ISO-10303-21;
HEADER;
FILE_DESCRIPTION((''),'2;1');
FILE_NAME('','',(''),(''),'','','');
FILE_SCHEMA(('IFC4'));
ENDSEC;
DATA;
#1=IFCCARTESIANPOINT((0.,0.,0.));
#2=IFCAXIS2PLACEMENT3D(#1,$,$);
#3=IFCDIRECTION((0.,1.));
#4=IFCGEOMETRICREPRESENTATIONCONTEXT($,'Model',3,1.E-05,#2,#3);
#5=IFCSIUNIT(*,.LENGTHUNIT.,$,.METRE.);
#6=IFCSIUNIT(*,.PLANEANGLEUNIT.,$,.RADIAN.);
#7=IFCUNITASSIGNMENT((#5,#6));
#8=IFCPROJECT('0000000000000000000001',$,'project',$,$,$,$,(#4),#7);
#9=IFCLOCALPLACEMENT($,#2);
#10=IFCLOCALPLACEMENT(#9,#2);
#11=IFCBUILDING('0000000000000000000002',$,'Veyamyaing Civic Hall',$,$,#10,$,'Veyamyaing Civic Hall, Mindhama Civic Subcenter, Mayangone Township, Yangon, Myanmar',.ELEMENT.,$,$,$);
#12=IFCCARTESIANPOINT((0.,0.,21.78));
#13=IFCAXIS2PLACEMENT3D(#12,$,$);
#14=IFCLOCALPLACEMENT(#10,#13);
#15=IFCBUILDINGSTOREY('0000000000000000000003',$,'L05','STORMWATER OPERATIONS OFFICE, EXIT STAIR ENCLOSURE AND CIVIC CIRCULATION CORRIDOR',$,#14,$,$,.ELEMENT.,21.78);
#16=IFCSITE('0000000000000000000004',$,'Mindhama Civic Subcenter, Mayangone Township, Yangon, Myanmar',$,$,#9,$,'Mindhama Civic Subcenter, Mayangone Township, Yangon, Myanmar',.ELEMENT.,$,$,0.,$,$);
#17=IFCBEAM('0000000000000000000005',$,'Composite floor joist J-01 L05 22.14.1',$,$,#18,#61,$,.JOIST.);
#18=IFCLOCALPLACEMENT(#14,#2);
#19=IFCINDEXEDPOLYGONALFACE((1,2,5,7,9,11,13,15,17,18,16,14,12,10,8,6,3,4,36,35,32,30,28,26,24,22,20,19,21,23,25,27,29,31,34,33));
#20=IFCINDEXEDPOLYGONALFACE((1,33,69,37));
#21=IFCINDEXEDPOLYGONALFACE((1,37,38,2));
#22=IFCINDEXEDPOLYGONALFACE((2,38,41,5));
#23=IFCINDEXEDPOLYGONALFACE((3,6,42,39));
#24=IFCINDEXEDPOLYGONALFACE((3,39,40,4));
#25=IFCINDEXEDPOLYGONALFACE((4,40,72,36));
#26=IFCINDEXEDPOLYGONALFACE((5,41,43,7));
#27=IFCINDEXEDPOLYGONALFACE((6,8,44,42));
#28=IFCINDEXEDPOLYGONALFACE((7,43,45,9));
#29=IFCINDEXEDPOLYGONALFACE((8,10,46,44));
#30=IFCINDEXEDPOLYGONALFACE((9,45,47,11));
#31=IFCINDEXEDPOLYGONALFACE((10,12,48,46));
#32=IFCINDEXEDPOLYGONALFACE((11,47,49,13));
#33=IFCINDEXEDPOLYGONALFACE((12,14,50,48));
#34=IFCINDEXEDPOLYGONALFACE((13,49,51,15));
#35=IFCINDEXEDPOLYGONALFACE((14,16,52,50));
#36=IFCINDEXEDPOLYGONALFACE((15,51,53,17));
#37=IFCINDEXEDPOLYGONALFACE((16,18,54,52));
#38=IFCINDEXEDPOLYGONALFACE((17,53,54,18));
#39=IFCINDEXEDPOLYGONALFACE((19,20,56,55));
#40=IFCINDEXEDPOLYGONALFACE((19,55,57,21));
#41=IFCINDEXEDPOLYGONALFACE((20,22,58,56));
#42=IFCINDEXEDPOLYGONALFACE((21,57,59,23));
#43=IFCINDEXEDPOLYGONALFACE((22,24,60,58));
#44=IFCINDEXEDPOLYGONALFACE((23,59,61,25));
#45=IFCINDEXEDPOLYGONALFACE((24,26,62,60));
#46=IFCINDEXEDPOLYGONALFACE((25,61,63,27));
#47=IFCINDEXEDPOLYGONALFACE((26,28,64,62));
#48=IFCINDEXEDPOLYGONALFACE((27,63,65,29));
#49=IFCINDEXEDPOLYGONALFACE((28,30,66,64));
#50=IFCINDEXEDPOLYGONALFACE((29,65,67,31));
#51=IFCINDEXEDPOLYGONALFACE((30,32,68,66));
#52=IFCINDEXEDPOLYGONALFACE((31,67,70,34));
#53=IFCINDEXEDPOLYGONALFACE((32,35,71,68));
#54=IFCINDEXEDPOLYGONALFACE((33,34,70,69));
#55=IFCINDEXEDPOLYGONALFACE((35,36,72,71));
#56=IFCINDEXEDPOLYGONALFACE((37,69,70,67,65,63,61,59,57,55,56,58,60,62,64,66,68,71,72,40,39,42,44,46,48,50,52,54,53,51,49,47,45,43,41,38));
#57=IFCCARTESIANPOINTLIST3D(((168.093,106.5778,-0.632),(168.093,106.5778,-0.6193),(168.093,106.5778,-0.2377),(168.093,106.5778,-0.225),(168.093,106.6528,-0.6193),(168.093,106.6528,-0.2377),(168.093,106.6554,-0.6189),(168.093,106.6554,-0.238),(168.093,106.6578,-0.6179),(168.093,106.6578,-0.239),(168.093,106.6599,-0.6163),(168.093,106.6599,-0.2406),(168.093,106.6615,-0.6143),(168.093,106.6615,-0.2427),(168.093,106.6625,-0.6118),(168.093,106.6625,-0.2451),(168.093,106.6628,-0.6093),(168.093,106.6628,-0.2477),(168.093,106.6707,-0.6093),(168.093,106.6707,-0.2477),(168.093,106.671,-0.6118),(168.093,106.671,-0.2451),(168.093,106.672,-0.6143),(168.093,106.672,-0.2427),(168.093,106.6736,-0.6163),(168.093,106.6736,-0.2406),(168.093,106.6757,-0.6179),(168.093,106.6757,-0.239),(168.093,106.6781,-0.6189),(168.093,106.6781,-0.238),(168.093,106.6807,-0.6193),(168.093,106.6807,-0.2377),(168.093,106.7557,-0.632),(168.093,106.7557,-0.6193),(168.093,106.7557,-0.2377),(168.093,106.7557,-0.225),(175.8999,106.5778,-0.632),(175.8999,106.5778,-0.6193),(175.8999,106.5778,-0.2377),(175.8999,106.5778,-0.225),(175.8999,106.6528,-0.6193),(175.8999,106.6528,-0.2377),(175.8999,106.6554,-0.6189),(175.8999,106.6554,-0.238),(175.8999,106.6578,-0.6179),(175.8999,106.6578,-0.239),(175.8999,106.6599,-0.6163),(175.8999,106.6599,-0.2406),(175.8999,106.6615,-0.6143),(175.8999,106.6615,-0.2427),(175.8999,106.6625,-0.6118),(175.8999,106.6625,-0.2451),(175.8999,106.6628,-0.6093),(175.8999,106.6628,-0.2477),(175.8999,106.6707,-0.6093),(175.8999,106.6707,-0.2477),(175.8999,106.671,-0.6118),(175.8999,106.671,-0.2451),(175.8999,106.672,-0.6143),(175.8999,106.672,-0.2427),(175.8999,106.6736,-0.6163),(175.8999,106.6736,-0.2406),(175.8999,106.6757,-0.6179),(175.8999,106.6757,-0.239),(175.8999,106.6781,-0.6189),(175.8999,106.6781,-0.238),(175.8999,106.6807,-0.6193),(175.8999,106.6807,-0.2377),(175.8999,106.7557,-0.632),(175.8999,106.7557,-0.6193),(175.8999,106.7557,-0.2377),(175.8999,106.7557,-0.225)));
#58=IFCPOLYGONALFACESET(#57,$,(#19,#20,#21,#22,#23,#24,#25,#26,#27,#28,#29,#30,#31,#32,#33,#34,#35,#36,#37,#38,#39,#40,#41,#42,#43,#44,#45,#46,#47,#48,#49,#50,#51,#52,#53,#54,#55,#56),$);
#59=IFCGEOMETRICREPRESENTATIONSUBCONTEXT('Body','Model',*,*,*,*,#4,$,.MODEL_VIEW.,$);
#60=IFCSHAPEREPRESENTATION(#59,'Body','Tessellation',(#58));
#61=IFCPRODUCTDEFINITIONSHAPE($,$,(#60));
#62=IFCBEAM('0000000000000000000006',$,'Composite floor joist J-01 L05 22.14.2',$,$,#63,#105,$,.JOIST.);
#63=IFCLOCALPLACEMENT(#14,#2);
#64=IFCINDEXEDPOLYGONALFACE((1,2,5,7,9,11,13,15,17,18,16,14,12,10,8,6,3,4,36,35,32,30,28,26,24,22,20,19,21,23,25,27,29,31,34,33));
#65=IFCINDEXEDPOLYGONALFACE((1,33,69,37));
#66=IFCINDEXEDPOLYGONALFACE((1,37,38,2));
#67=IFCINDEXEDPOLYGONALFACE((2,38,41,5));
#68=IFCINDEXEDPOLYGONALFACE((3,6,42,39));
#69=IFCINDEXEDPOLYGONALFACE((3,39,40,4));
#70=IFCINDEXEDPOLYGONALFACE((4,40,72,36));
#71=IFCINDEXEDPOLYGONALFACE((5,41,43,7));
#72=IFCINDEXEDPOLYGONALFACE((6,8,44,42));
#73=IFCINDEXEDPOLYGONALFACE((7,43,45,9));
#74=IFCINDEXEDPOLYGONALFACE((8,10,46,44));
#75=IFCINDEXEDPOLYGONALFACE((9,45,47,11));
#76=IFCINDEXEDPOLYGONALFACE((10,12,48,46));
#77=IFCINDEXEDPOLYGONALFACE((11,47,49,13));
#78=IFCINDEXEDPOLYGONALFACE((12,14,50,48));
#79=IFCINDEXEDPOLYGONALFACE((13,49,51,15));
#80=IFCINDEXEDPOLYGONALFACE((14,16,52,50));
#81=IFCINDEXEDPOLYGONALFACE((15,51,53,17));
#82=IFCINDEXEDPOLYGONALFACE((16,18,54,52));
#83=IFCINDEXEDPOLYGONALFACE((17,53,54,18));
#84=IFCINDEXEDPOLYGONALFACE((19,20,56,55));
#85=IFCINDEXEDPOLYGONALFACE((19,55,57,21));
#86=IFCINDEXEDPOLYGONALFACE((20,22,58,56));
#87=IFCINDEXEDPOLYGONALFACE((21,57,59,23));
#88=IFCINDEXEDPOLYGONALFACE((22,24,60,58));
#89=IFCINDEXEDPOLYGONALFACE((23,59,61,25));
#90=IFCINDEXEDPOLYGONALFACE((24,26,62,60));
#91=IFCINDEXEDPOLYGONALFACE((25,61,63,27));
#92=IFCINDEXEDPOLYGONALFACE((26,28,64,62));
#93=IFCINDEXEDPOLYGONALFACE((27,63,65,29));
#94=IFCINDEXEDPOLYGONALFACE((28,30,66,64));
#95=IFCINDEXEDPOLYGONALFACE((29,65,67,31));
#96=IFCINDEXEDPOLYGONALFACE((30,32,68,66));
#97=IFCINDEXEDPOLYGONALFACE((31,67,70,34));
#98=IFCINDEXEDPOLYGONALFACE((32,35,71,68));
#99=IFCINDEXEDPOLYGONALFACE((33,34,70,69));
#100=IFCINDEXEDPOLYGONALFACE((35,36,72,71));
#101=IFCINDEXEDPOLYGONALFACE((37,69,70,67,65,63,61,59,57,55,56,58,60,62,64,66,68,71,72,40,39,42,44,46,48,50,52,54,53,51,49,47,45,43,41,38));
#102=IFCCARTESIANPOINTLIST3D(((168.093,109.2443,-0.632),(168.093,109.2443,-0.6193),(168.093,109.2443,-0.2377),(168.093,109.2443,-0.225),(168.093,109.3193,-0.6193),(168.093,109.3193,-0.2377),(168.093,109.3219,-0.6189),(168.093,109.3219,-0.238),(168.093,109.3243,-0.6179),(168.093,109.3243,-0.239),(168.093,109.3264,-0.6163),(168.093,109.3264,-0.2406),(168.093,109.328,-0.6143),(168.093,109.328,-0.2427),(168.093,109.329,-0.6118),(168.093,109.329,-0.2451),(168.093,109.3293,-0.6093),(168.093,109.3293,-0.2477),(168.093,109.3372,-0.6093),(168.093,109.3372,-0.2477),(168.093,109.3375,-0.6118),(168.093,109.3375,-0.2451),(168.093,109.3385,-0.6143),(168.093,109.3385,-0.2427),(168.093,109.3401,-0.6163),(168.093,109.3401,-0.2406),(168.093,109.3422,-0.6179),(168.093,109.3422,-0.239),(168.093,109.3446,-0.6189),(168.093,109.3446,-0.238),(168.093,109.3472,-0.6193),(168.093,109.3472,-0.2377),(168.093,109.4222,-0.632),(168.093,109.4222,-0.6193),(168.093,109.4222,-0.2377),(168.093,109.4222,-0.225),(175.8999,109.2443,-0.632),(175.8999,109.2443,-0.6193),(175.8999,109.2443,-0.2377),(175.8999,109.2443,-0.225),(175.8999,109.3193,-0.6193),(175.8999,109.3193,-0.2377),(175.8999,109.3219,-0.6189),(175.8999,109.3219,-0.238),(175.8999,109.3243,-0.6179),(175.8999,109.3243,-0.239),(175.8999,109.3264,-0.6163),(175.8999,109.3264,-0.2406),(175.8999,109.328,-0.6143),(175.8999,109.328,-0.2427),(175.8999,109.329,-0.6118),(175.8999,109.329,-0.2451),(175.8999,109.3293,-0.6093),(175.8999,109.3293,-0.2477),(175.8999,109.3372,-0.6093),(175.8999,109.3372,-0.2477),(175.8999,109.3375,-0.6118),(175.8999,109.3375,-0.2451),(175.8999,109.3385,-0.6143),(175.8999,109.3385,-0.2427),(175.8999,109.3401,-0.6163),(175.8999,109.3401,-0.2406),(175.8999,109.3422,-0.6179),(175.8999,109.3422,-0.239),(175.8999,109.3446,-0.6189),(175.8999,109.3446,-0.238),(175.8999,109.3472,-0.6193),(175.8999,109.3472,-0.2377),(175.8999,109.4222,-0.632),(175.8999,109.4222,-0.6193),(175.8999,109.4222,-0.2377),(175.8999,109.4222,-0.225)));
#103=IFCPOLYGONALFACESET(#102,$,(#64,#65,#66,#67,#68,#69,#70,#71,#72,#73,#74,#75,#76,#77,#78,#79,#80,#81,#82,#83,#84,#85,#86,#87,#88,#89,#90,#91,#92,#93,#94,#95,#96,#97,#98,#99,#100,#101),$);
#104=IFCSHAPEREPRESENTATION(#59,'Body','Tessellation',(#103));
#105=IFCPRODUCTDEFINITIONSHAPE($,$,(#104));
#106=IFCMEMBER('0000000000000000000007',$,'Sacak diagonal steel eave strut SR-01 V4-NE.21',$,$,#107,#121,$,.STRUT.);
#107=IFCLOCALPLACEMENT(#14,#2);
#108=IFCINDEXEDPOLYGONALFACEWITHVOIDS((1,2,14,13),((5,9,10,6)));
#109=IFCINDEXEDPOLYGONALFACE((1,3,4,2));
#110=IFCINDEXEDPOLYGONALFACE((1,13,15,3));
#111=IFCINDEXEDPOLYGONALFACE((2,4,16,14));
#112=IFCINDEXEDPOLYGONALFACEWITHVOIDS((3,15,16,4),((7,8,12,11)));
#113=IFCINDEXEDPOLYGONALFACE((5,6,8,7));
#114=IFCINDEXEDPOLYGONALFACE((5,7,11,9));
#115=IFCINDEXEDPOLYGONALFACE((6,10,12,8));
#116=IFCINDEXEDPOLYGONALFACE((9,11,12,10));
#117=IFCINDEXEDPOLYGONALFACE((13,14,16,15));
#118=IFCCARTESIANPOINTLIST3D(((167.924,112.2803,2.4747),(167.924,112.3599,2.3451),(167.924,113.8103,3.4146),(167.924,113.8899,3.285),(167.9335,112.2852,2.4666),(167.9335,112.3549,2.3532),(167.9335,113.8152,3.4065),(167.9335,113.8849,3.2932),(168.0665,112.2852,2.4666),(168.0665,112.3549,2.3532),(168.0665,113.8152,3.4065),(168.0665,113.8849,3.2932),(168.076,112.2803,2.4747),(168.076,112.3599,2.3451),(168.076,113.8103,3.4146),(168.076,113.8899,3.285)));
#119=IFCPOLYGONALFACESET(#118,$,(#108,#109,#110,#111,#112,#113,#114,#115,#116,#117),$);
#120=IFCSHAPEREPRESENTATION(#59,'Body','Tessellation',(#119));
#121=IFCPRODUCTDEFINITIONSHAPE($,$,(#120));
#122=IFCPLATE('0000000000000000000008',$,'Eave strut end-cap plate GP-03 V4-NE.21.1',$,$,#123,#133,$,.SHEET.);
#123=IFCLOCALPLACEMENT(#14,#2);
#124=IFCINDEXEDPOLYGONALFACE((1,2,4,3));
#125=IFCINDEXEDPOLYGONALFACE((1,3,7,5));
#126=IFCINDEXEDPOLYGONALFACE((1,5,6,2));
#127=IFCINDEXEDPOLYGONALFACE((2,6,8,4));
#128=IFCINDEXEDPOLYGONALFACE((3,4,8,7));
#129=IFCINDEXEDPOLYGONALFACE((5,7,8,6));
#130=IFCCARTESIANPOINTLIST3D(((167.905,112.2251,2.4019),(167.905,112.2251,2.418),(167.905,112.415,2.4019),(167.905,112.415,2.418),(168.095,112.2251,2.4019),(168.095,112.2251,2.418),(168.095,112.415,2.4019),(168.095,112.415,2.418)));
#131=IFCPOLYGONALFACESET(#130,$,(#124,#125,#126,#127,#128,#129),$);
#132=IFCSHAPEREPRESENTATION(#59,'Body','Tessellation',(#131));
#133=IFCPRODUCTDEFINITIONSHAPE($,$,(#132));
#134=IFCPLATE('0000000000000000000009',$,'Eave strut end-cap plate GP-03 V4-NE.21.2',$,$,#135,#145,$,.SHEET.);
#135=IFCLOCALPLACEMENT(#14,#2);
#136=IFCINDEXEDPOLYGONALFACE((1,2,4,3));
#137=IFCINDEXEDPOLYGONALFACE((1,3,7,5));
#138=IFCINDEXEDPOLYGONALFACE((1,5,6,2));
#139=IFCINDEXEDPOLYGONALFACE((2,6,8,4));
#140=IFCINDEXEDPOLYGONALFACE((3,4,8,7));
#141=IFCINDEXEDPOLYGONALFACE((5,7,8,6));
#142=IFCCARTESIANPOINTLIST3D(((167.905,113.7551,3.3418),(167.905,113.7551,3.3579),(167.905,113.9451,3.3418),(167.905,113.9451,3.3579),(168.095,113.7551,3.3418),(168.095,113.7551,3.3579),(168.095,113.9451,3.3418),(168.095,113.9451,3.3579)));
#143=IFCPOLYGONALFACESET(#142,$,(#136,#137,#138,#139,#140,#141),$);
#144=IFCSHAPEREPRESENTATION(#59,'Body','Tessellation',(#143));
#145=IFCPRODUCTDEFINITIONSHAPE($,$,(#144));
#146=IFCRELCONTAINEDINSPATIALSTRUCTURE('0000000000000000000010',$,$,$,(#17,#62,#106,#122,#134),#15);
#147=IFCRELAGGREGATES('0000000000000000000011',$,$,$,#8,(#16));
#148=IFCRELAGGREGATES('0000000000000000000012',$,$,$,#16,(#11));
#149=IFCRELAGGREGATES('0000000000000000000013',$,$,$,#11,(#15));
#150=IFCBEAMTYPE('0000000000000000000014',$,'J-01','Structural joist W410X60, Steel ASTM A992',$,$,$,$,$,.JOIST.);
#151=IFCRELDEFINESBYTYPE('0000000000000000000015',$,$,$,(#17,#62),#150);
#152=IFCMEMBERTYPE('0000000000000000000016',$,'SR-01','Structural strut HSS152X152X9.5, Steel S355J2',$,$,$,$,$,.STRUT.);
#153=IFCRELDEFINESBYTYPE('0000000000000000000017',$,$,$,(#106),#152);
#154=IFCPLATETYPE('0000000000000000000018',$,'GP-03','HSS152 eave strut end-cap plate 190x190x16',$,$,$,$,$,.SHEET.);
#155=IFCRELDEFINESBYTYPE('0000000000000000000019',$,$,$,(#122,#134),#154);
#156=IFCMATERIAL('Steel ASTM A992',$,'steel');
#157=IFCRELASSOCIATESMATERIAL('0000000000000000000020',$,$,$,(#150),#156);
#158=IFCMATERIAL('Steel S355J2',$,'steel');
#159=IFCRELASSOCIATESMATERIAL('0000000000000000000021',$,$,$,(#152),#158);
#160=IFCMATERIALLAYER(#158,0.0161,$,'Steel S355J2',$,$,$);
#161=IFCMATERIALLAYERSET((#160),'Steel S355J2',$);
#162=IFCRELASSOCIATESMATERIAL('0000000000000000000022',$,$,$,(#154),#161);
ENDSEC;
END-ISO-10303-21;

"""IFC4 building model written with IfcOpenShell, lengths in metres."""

from ifc_helpers import new_model, si_unit, direction, frame, origin, origin_2d, place, context, subcontext, project, spatial, rectangle, hollow_rectangle, i_section, extrude, material, layer, layer_set, material_profile, profile_set, type_object, element, save


model = new_model("IFC4")

# Units and contexts
model_context = context("Model", 3, precision=1e-05, world=origin(), true_north=direction((0.0, 1.0)))
body_context = subcontext(model_context, "Body", "Model", "MODEL_VIEW")
ifc_project = project(units=[si_unit("LENGTHUNIT", "METRE"), si_unit("PLANEANGLEUNIT", "RADIAN")], contexts=[model_context])

# Site, building, storey
site_placement = place(None, origin())
site = spatial("IfcSite", under=ifc_project, at=site_placement, Name="Mindhama Civic Subcenter, Mayangone Township, Yangon, Myanmar", LongName="Mindhama Civic Subcenter, Mayangone Township, Yangon, Myanmar", CompositionType="ELEMENT", RefElevation=0.0)
building_placement = place(site_placement, origin())
building = spatial("IfcBuilding", under=site, at=building_placement, Name="Veyamyaing Civic Hall", LongName="Veyamyaing Civic Hall, Mindhama Civic Subcenter, Mayangone Township, Yangon, Myanmar", CompositionType="ELEMENT")
storey_placement = place(building_placement, frame((0.0, 0.0, 21.78)))
storey = spatial("IfcBuildingStorey", under=building, at=storey_placement, Name="L05", Description="STORMWATER OPERATIONS OFFICE, EXIT STAIR ENCLOSURE AND CIVIC CIRCULATION CORRIDOR", CompositionType="ELEMENT", Elevation=21.78)

# Beams
ifc_material_1 = material(Name="Steel ASTM A992", Category="steel")
ifc_material_profile_1 = material_profile(ifc_material_1, i_section(OverallWidth=0.178, OverallDepth=0.407, WebThickness=0.0078, FlangeThickness=0.0127, FilletRadius=0.01, at=origin_2d()), Name="W410X60")
ifc_profile_set_1 = profile_set([ifc_material_profile_1], Name="Steel ASTM A992")
beam_type_1 = type_object("IfcBeamType", Name="J-01", Description="Structural joist W410X60, Steel ASTM A992", PredefinedType="JOIST", material=ifc_profile_set_1)
for number, where, z_axis, x_axis, name in (
    (1, (168.093, 106.6667, -0.4285), (1.0, 0.0, 0.0), (0.0, 1.0, 0.0), "Composite floor joist J-01 L05 22.14.1"),
    (2, (168.093, 109.3333, -0.4285), (1.0, 0.0, 0.0), (0.0, 1.0, 0.0), "Composite floor joist J-01 L05 22.14.2"),
):
    element("IfcBeam", number, at=place(storey_placement, frame(where, z_axis=z_axis, x_axis=x_axis)), inside=storey, type_object=beam_type_1, Name=name, PredefinedType="JOIST", context=body_context, shape_type="SweptSolid", body=[
        extrude(i_section(OverallWidth=0.178, OverallDepth=0.407, WebThickness=0.0078, FlangeThickness=0.0127, FilletRadius=0.01, at=origin_2d()), origin(), (0.0, 0.0, 1.0), 7.8069),
    ])

# Member
ifc_material_2 = material(Name="Steel S355J2", Category="steel")
ifc_material_profile_2 = material_profile(ifc_material_2, hollow_rectangle(XDim=0.1521, YDim=0.1521, WallThickness=0.0095, at=origin_2d()), Name="HSS152X152X9.5")
ifc_profile_set_2 = profile_set([ifc_material_profile_2], Name="Steel S355J2")
member_type = type_object("IfcMemberType", Name="SR-01", Description="Structural strut HSS152X152X9.5, Steel S355J2", PredefinedType="STRUT", material=ifc_profile_set_2)
member_placement = place(storey_placement, frame((168.0, 112.3201, 2.4099), z_axis=(0.0, 0.85206, 0.523445), x_axis=(-1.0, 0.0, 0.0)))
element("IfcMember", 3, at=member_placement, inside=storey, type_object=member_type, Name="Sacak diagonal steel eave strut SR-01 V4-NE.21", PredefinedType="STRUT", context=body_context, shape_type="SweptSolid", body=[
    extrude(hollow_rectangle(XDim=0.1521, YDim=0.1521, WallThickness=0.0095, at=origin_2d()), origin(), (0.0, 0.0, 1.0), 1.7957),
])

# Plates
ifc_layer_1 = layer(ifc_material_2, 0.0161, Name="Steel S355J2")
ifc_layer_set_1 = layer_set([ifc_layer_1], Name="Steel S355J2")
plate_type = type_object("IfcPlateType", Name="GP-03", Description="HSS152 eave strut end-cap plate 190x190x16", PredefinedType="SHEET", material=ifc_layer_set_1)
for number, where, z_axis, x_axis, name in (
    (4, (168.0, 112.3201, 2.4019), (0.0, 0.0, 1.0), (0.0, 1.0, 0.0), "Eave strut end-cap plate GP-03 V4-NE.21.1"),
    (5, (168.0, 113.8501, 3.3418), (0.0, 0.0, 1.0), (0.0, 1.0, 0.0), "Eave strut end-cap plate GP-03 V4-NE.21.2"),
):
    element("IfcPlate", number, at=place(storey_placement, frame(where, z_axis=z_axis, x_axis=x_axis)), inside=storey, type_object=plate_type, Name=name, PredefinedType="SHEET", context=body_context, shape_type="SweptSolid", body=[
        extrude(rectangle(XDim=0.1899, YDim=0.1899, at=origin_2d()), origin(), (0.0, 0.0, 1.0), 0.0161),
    ])

save(model, "model.ifc")
